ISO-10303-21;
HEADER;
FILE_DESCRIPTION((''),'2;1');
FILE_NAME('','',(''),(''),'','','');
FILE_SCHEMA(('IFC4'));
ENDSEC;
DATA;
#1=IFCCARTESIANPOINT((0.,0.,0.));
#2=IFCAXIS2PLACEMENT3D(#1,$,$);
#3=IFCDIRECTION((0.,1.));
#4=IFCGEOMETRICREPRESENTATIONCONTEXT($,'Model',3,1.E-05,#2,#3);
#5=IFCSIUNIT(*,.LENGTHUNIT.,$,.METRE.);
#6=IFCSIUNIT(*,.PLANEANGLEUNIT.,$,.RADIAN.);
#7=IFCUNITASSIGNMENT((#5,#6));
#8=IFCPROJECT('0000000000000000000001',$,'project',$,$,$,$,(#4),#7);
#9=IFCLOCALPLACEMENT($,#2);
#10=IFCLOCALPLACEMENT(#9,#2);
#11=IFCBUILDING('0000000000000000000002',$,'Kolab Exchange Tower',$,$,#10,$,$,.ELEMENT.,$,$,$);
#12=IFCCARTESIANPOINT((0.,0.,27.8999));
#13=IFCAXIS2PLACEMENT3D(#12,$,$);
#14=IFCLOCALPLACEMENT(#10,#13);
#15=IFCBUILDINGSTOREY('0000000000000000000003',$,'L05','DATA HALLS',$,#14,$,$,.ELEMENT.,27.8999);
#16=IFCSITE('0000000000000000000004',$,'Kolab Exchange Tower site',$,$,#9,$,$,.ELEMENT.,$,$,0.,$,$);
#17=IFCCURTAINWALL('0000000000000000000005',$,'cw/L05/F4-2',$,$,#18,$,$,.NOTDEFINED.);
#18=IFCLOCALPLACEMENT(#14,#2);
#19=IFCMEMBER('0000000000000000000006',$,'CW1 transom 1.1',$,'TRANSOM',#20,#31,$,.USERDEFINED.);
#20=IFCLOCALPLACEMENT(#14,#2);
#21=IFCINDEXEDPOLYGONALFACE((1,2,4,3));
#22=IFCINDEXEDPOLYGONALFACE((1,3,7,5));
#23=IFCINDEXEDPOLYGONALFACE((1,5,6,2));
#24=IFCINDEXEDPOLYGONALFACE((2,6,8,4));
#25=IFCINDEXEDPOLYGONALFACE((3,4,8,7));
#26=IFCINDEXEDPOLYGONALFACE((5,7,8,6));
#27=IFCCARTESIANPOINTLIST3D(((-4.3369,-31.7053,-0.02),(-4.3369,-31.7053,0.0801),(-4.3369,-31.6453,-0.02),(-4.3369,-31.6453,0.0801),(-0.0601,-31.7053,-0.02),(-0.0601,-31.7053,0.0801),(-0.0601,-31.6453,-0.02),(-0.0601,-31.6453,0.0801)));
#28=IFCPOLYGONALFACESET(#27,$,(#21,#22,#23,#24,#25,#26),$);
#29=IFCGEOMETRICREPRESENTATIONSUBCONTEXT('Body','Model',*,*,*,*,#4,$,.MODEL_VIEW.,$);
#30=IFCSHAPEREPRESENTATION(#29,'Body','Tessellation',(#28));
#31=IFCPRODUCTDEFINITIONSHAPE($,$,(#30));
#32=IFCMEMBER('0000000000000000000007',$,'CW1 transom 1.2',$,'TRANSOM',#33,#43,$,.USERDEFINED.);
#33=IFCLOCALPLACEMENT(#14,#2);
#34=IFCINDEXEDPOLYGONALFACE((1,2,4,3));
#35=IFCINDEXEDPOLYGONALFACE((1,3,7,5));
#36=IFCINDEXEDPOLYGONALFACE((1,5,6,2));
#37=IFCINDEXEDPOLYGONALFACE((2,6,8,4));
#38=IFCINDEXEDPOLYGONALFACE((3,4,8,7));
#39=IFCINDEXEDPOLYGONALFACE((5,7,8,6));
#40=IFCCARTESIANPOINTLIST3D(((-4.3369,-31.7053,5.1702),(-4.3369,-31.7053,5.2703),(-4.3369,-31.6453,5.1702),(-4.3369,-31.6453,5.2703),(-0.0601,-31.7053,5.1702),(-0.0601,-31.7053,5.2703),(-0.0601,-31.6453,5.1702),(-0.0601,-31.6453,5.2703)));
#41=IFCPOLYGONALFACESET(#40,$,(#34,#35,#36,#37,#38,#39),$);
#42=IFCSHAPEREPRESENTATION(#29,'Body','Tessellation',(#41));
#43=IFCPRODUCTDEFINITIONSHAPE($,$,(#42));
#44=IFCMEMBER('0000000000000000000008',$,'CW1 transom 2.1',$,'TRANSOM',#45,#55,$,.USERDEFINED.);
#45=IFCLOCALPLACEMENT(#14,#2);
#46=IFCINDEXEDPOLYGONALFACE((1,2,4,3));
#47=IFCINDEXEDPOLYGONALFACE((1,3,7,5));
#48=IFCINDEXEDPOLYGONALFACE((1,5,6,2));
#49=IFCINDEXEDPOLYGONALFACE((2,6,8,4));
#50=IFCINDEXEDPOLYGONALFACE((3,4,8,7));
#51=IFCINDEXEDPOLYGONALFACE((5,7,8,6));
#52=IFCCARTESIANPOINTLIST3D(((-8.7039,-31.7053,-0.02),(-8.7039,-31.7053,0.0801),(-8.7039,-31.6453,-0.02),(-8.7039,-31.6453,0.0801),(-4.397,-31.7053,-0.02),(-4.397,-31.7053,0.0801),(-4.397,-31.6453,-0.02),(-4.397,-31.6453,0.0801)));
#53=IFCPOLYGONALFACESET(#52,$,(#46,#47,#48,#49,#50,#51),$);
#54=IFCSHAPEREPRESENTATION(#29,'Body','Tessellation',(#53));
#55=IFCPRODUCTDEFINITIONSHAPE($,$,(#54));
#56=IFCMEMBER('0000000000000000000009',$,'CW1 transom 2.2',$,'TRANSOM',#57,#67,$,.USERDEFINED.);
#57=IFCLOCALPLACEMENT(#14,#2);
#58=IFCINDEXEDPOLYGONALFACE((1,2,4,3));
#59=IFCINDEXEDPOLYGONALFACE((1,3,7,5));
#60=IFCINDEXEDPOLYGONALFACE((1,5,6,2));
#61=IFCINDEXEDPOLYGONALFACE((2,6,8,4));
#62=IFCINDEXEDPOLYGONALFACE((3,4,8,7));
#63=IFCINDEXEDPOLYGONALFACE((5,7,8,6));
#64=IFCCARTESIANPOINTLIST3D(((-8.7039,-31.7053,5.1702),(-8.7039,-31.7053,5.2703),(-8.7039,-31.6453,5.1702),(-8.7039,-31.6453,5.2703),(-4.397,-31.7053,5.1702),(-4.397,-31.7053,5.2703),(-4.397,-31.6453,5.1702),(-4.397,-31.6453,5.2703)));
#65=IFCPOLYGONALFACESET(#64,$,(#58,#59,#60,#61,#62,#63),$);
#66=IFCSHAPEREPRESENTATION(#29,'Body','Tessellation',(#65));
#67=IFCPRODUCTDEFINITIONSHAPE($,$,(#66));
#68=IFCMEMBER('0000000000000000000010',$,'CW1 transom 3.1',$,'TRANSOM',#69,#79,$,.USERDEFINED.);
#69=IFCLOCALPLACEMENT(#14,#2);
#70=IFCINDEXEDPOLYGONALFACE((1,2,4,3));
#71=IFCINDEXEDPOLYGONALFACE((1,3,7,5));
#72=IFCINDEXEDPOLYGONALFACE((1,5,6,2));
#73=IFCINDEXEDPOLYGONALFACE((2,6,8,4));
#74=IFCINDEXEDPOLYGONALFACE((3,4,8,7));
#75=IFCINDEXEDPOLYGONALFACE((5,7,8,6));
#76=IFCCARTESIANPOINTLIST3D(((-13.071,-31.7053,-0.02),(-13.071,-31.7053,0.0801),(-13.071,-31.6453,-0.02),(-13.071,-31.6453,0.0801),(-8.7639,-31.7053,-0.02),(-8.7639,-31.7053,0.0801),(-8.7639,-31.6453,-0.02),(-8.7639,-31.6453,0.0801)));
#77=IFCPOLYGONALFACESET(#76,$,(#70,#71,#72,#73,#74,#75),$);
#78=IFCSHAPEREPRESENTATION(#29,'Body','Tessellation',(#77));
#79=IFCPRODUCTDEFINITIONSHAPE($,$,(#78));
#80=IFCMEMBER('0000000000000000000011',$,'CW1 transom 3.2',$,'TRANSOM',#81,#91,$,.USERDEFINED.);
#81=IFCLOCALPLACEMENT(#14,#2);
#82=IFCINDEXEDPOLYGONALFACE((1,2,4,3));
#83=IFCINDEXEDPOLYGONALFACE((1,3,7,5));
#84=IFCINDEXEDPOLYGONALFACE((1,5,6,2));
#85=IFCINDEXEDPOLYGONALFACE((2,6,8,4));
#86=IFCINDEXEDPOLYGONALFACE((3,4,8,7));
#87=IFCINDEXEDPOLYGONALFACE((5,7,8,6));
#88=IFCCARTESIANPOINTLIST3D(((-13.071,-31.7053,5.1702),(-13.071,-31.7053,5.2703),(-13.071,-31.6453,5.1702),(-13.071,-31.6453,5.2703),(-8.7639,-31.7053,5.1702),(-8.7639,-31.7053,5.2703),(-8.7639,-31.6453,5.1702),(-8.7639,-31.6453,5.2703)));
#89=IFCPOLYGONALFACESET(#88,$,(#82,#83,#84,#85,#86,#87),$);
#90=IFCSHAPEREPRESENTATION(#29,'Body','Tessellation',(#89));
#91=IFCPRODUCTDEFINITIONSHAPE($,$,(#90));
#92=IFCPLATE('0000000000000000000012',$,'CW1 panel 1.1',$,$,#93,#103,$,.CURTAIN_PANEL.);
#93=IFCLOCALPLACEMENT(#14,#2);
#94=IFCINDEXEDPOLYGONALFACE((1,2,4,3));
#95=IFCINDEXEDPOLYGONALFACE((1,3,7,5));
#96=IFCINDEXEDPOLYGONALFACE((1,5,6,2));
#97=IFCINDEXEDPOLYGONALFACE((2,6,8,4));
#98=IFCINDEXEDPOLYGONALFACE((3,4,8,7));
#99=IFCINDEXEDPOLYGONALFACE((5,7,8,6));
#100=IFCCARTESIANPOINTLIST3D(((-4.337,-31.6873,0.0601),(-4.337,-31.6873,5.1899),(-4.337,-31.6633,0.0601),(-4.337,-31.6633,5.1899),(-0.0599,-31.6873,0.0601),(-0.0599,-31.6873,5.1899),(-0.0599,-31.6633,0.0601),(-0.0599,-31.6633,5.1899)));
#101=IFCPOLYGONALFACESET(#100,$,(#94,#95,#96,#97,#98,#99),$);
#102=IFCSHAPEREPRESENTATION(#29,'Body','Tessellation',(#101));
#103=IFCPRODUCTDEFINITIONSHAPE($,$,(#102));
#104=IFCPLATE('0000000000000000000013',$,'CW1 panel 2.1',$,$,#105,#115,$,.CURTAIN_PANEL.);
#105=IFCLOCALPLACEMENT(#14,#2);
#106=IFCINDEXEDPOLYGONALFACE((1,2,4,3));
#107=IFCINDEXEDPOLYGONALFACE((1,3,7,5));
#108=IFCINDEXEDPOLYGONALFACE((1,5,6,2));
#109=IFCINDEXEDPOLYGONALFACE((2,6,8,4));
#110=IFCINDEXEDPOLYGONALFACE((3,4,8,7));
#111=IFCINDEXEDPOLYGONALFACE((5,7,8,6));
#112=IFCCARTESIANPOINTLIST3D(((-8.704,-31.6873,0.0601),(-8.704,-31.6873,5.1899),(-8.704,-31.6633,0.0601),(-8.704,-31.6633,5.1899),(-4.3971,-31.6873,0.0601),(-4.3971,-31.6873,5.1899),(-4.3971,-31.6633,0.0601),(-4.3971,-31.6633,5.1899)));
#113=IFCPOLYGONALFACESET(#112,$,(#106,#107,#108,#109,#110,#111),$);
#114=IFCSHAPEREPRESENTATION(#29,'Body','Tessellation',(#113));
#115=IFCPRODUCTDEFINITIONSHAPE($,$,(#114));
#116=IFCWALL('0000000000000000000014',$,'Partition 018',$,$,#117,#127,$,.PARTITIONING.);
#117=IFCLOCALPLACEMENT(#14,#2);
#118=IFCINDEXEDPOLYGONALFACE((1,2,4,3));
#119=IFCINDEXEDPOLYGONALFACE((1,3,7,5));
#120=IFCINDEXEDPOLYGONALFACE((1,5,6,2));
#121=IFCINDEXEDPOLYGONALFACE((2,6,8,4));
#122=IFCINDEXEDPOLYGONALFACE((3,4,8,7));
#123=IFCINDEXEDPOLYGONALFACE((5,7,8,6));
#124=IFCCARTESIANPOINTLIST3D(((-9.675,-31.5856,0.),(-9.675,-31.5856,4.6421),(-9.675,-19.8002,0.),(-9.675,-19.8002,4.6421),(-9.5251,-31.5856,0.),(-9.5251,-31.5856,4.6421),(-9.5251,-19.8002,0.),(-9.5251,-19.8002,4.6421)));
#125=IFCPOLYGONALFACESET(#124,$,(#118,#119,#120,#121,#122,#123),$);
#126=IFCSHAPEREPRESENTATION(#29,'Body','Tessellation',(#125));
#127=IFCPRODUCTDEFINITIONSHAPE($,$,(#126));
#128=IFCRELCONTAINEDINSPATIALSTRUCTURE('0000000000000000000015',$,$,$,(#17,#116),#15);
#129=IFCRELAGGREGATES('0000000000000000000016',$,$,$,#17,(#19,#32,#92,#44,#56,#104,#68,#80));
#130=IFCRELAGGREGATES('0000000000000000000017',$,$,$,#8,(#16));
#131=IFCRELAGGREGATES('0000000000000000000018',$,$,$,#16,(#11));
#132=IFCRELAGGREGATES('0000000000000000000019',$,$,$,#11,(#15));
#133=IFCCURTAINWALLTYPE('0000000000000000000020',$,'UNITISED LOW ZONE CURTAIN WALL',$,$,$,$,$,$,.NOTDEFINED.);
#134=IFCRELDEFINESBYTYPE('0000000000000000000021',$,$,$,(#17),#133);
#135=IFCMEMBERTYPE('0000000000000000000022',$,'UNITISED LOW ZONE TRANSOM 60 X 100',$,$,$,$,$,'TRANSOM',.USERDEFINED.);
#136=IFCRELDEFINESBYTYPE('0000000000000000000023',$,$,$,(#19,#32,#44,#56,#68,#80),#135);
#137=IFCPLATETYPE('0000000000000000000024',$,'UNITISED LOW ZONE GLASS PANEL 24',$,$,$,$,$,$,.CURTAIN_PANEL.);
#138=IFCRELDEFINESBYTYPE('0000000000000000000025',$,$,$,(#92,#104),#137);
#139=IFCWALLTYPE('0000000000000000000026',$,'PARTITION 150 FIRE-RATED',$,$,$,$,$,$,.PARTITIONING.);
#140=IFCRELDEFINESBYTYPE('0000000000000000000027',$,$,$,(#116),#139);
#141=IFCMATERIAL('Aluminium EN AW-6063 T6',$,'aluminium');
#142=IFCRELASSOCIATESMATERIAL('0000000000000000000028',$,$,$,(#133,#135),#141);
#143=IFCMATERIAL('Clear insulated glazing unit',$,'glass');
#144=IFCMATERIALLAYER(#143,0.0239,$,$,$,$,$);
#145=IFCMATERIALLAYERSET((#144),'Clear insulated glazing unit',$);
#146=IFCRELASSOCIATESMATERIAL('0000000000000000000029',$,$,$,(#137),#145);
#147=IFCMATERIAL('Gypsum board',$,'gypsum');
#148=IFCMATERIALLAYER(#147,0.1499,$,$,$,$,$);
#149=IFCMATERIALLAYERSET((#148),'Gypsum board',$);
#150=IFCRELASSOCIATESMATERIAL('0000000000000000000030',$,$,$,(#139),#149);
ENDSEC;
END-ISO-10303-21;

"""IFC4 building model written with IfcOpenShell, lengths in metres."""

from ifc_helpers import new_model, si_unit, direction, frame, frame_2d, origin, origin_2d, place, context, subcontext, project, spatial, rectangle, extrude, material, layer, layer_set, material_profile, profile_set, type_object, element, aggregate, save


model = new_model("IFC4")

# Units and contexts
model_context = context("Model", 3, precision=1e-05, world=origin(), true_north=direction((0.0, 1.0)))
body_context = subcontext(model_context, "Body", "Model", "MODEL_VIEW")
ifc_project = project(units=[si_unit("LENGTHUNIT", "METRE"), si_unit("PLANEANGLEUNIT", "RADIAN")], contexts=[model_context])

# Site, building, storey
site_placement = place(None, origin())
site = spatial("IfcSite", under=ifc_project, at=site_placement, Name="Kolab Exchange Tower site", CompositionType="ELEMENT", RefElevation=0.0)
building_placement = place(site_placement, origin())
building = spatial("IfcBuilding", under=site, at=building_placement, Name="Kolab Exchange Tower", CompositionType="ELEMENT")
storey_placement = place(building_placement, frame((0.0, 0.0, 27.8999)))
storey = spatial("IfcBuildingStorey", under=building, at=storey_placement, Name="L05", Description="DATA HALLS", CompositionType="ELEMENT", Elevation=27.8999)

# Curtain wall, members, plates
ifc_material_1 = material(Name="Aluminium EN AW-6063 T6", Category="aluminium")
curtain_wall_type = type_object("IfcCurtainWallType", Name="UNITISED LOW ZONE CURTAIN WALL", PredefinedType="NOTDEFINED", material=ifc_material_1)
curtain_wall_placement = place(storey_placement, origin())
curtain_wall = element("IfcCurtainWall", 1, at=curtain_wall_placement, inside=storey, type_object=curtain_wall_type, Name="cw/L05/F4-2", PredefinedType="NOTDEFINED")
ifc_material_profile_1 = material_profile(ifc_material_1, rectangle(XDim=0.0601, YDim=0.1001, at=origin_2d()), Name="RECT 60X100")
ifc_profile_set_1 = profile_set([ifc_material_profile_1], Name="Aluminium EN AW-6063 T6")
member_type_1 = type_object("IfcMemberType", Name="UNITISED LOW ZONE TRANSOM 60 X 100", ElementType="TRANSOM", PredefinedType="USERDEFINED", material=ifc_profile_set_1)
member_1_placement = place(storey_placement, frame((-0.0601, -31.6753, 0.03), z_axis=(-1.0, 0.0, 0.0), x_axis=(0.0, -1.0, 0.0)))
member_1 = element("IfcMember", 2, at=member_1_placement, type_object=member_type_1, Name="CW1 transom 1.1", ObjectType="TRANSOM", PredefinedType="USERDEFINED", context=body_context, shape_type="SweptSolid", body=[
    extrude(rectangle(XDim=0.0601, YDim=0.1001, at=origin_2d()), origin(), (0.0, 0.0, 1.0), 4.2769),
])
member_2_placement = place(storey_placement, frame((-0.0601, -31.6753, 5.2202), z_axis=(-1.0, 0.0, 0.0), x_axis=(0.0, -1.0, 0.0)))
member_2 = element("IfcMember", 3, at=member_2_placement, type_object=member_type_1, Name="CW1 transom 1.2", ObjectType="TRANSOM", PredefinedType="USERDEFINED", context=body_context, shape_type="SweptSolid", body=[
    extrude(rectangle(XDim=0.0601, YDim=0.1001, at=origin_2d()), origin(), (0.0, 0.0, 1.0), 4.2769),
])
member_3_placement = place(storey_placement, frame((-4.397, -31.6753, 0.03), z_axis=(-1.0, 0.0, 0.0), x_axis=(0.0, -1.0, 0.0)))
member_3 = element("IfcMember", 4, at=member_3_placement, type_object=member_type_1, Name="CW1 transom 2.1", ObjectType="TRANSOM", PredefinedType="USERDEFINED", context=body_context, shape_type="SweptSolid", body=[
    extrude(rectangle(XDim=0.0601, YDim=0.1001, at=origin_2d()), origin(), (0.0, 0.0, 1.0), 4.3069),
])
member_4_placement = place(storey_placement, frame((-4.397, -31.6753, 5.2202), z_axis=(-1.0, 0.0, 0.0), x_axis=(0.0, -1.0, 0.0)))
member_4 = element("IfcMember", 5, at=member_4_placement, type_object=member_type_1, Name="CW1 transom 2.2", ObjectType="TRANSOM", PredefinedType="USERDEFINED", context=body_context, shape_type="SweptSolid", body=[
    extrude(rectangle(XDim=0.0601, YDim=0.1001, at=origin_2d()), origin(), (0.0, 0.0, 1.0), 4.3069),
])
member_5_placement = place(storey_placement, frame((-8.7639, -31.6753, 0.03), z_axis=(-1.0, 0.0, 0.0), x_axis=(0.0, -1.0, 0.0)))
member_5 = element("IfcMember", 6, at=member_5_placement, type_object=member_type_1, Name="CW1 transom 3.1", ObjectType="TRANSOM", PredefinedType="USERDEFINED", context=body_context, shape_type="SweptSolid", body=[
    extrude(rectangle(XDim=0.0601, YDim=0.1001, at=origin_2d()), origin(), (0.0, 0.0, 1.0), 4.3071),
])
member_6_placement = place(storey_placement, frame((-8.7639, -31.6753, 5.2202), z_axis=(-1.0, 0.0, 0.0), x_axis=(0.0, -1.0, 0.0)))
member_6 = element("IfcMember", 7, at=member_6_placement, type_object=member_type_1, Name="CW1 transom 3.2", ObjectType="TRANSOM", PredefinedType="USERDEFINED", context=body_context, shape_type="SweptSolid", body=[
    extrude(rectangle(XDim=0.0601, YDim=0.1001, at=origin_2d()), origin(), (0.0, 0.0, 1.0), 4.3071),
])
ifc_material_2 = material(Name="Clear insulated glazing unit", Category="glass")
ifc_layer_1 = layer(ifc_material_2, 0.0239)
ifc_layer_set_1 = layer_set([ifc_layer_1], Name="Clear insulated glazing unit")
plate_type = type_object("IfcPlateType", Name="UNITISED LOW ZONE GLASS PANEL 24", PredefinedType="CURTAIN_PANEL", material=ifc_layer_set_1)
plate_1_placement = place(storey_placement, frame((-2.1985, -31.6753, 0.0601), z_axis=(0.0, 0.0, 1.0), x_axis=(-1.0, 0.0, 0.0)))
plate_1 = element("IfcPlate", 8, at=plate_1_placement, type_object=plate_type, Name="CW1 panel 1.1", PredefinedType="CURTAIN_PANEL", context=body_context, shape_type="SweptSolid", body=[
    extrude(rectangle(XDim=4.2771, YDim=0.0239, at=origin_2d()), origin(), (0.0, 0.0, 1.0), 5.1299),
])
plate_2_placement = place(storey_placement, frame((-6.5505, -31.6753, 0.0601), z_axis=(0.0, 0.0, 1.0), x_axis=(-1.0, 0.0, 0.0)))
plate_2 = element("IfcPlate", 9, at=plate_2_placement, type_object=plate_type, Name="CW1 panel 2.1", PredefinedType="CURTAIN_PANEL", context=body_context, shape_type="SweptSolid", body=[
    extrude(rectangle(XDim=4.3069, YDim=0.0239, at=origin_2d()), origin(), (0.0, 0.0, 1.0), 5.1299),
])
aggregate(curtain_wall, [member_1, member_2, plate_1, member_3, member_4, plate_2, member_5, member_6])

# Wall
ifc_material_3 = material(Name="Gypsum board", Category="gypsum")
ifc_layer_2 = layer(ifc_material_3, 0.1499)
ifc_layer_set_2 = layer_set([ifc_layer_2], Name="Gypsum board")
wall_type = type_object("IfcWallType", Name="PARTITION 150 FIRE-RATED", PredefinedType="PARTITIONING", material=ifc_layer_set_2)
wall_placement = place(storey_placement, frame((-9.6001, -31.5854, 0.0), z_axis=(0.0, 0.0, 1.0), x_axis=(0.0, 1.0, 0.0)))
element("IfcWall", 10, at=wall_placement, inside=storey, type_object=wall_type, Name="Partition 018", PredefinedType="PARTITIONING", context=body_context, shape_type="SweptSolid", body=[
    extrude(rectangle(XDim=11.7854, YDim=0.1499, at=frame_2d((5.8926, 0.0))), origin(), (0.0, 0.0, 1.0), 4.6421),
])

save(model, "model.ifc")
